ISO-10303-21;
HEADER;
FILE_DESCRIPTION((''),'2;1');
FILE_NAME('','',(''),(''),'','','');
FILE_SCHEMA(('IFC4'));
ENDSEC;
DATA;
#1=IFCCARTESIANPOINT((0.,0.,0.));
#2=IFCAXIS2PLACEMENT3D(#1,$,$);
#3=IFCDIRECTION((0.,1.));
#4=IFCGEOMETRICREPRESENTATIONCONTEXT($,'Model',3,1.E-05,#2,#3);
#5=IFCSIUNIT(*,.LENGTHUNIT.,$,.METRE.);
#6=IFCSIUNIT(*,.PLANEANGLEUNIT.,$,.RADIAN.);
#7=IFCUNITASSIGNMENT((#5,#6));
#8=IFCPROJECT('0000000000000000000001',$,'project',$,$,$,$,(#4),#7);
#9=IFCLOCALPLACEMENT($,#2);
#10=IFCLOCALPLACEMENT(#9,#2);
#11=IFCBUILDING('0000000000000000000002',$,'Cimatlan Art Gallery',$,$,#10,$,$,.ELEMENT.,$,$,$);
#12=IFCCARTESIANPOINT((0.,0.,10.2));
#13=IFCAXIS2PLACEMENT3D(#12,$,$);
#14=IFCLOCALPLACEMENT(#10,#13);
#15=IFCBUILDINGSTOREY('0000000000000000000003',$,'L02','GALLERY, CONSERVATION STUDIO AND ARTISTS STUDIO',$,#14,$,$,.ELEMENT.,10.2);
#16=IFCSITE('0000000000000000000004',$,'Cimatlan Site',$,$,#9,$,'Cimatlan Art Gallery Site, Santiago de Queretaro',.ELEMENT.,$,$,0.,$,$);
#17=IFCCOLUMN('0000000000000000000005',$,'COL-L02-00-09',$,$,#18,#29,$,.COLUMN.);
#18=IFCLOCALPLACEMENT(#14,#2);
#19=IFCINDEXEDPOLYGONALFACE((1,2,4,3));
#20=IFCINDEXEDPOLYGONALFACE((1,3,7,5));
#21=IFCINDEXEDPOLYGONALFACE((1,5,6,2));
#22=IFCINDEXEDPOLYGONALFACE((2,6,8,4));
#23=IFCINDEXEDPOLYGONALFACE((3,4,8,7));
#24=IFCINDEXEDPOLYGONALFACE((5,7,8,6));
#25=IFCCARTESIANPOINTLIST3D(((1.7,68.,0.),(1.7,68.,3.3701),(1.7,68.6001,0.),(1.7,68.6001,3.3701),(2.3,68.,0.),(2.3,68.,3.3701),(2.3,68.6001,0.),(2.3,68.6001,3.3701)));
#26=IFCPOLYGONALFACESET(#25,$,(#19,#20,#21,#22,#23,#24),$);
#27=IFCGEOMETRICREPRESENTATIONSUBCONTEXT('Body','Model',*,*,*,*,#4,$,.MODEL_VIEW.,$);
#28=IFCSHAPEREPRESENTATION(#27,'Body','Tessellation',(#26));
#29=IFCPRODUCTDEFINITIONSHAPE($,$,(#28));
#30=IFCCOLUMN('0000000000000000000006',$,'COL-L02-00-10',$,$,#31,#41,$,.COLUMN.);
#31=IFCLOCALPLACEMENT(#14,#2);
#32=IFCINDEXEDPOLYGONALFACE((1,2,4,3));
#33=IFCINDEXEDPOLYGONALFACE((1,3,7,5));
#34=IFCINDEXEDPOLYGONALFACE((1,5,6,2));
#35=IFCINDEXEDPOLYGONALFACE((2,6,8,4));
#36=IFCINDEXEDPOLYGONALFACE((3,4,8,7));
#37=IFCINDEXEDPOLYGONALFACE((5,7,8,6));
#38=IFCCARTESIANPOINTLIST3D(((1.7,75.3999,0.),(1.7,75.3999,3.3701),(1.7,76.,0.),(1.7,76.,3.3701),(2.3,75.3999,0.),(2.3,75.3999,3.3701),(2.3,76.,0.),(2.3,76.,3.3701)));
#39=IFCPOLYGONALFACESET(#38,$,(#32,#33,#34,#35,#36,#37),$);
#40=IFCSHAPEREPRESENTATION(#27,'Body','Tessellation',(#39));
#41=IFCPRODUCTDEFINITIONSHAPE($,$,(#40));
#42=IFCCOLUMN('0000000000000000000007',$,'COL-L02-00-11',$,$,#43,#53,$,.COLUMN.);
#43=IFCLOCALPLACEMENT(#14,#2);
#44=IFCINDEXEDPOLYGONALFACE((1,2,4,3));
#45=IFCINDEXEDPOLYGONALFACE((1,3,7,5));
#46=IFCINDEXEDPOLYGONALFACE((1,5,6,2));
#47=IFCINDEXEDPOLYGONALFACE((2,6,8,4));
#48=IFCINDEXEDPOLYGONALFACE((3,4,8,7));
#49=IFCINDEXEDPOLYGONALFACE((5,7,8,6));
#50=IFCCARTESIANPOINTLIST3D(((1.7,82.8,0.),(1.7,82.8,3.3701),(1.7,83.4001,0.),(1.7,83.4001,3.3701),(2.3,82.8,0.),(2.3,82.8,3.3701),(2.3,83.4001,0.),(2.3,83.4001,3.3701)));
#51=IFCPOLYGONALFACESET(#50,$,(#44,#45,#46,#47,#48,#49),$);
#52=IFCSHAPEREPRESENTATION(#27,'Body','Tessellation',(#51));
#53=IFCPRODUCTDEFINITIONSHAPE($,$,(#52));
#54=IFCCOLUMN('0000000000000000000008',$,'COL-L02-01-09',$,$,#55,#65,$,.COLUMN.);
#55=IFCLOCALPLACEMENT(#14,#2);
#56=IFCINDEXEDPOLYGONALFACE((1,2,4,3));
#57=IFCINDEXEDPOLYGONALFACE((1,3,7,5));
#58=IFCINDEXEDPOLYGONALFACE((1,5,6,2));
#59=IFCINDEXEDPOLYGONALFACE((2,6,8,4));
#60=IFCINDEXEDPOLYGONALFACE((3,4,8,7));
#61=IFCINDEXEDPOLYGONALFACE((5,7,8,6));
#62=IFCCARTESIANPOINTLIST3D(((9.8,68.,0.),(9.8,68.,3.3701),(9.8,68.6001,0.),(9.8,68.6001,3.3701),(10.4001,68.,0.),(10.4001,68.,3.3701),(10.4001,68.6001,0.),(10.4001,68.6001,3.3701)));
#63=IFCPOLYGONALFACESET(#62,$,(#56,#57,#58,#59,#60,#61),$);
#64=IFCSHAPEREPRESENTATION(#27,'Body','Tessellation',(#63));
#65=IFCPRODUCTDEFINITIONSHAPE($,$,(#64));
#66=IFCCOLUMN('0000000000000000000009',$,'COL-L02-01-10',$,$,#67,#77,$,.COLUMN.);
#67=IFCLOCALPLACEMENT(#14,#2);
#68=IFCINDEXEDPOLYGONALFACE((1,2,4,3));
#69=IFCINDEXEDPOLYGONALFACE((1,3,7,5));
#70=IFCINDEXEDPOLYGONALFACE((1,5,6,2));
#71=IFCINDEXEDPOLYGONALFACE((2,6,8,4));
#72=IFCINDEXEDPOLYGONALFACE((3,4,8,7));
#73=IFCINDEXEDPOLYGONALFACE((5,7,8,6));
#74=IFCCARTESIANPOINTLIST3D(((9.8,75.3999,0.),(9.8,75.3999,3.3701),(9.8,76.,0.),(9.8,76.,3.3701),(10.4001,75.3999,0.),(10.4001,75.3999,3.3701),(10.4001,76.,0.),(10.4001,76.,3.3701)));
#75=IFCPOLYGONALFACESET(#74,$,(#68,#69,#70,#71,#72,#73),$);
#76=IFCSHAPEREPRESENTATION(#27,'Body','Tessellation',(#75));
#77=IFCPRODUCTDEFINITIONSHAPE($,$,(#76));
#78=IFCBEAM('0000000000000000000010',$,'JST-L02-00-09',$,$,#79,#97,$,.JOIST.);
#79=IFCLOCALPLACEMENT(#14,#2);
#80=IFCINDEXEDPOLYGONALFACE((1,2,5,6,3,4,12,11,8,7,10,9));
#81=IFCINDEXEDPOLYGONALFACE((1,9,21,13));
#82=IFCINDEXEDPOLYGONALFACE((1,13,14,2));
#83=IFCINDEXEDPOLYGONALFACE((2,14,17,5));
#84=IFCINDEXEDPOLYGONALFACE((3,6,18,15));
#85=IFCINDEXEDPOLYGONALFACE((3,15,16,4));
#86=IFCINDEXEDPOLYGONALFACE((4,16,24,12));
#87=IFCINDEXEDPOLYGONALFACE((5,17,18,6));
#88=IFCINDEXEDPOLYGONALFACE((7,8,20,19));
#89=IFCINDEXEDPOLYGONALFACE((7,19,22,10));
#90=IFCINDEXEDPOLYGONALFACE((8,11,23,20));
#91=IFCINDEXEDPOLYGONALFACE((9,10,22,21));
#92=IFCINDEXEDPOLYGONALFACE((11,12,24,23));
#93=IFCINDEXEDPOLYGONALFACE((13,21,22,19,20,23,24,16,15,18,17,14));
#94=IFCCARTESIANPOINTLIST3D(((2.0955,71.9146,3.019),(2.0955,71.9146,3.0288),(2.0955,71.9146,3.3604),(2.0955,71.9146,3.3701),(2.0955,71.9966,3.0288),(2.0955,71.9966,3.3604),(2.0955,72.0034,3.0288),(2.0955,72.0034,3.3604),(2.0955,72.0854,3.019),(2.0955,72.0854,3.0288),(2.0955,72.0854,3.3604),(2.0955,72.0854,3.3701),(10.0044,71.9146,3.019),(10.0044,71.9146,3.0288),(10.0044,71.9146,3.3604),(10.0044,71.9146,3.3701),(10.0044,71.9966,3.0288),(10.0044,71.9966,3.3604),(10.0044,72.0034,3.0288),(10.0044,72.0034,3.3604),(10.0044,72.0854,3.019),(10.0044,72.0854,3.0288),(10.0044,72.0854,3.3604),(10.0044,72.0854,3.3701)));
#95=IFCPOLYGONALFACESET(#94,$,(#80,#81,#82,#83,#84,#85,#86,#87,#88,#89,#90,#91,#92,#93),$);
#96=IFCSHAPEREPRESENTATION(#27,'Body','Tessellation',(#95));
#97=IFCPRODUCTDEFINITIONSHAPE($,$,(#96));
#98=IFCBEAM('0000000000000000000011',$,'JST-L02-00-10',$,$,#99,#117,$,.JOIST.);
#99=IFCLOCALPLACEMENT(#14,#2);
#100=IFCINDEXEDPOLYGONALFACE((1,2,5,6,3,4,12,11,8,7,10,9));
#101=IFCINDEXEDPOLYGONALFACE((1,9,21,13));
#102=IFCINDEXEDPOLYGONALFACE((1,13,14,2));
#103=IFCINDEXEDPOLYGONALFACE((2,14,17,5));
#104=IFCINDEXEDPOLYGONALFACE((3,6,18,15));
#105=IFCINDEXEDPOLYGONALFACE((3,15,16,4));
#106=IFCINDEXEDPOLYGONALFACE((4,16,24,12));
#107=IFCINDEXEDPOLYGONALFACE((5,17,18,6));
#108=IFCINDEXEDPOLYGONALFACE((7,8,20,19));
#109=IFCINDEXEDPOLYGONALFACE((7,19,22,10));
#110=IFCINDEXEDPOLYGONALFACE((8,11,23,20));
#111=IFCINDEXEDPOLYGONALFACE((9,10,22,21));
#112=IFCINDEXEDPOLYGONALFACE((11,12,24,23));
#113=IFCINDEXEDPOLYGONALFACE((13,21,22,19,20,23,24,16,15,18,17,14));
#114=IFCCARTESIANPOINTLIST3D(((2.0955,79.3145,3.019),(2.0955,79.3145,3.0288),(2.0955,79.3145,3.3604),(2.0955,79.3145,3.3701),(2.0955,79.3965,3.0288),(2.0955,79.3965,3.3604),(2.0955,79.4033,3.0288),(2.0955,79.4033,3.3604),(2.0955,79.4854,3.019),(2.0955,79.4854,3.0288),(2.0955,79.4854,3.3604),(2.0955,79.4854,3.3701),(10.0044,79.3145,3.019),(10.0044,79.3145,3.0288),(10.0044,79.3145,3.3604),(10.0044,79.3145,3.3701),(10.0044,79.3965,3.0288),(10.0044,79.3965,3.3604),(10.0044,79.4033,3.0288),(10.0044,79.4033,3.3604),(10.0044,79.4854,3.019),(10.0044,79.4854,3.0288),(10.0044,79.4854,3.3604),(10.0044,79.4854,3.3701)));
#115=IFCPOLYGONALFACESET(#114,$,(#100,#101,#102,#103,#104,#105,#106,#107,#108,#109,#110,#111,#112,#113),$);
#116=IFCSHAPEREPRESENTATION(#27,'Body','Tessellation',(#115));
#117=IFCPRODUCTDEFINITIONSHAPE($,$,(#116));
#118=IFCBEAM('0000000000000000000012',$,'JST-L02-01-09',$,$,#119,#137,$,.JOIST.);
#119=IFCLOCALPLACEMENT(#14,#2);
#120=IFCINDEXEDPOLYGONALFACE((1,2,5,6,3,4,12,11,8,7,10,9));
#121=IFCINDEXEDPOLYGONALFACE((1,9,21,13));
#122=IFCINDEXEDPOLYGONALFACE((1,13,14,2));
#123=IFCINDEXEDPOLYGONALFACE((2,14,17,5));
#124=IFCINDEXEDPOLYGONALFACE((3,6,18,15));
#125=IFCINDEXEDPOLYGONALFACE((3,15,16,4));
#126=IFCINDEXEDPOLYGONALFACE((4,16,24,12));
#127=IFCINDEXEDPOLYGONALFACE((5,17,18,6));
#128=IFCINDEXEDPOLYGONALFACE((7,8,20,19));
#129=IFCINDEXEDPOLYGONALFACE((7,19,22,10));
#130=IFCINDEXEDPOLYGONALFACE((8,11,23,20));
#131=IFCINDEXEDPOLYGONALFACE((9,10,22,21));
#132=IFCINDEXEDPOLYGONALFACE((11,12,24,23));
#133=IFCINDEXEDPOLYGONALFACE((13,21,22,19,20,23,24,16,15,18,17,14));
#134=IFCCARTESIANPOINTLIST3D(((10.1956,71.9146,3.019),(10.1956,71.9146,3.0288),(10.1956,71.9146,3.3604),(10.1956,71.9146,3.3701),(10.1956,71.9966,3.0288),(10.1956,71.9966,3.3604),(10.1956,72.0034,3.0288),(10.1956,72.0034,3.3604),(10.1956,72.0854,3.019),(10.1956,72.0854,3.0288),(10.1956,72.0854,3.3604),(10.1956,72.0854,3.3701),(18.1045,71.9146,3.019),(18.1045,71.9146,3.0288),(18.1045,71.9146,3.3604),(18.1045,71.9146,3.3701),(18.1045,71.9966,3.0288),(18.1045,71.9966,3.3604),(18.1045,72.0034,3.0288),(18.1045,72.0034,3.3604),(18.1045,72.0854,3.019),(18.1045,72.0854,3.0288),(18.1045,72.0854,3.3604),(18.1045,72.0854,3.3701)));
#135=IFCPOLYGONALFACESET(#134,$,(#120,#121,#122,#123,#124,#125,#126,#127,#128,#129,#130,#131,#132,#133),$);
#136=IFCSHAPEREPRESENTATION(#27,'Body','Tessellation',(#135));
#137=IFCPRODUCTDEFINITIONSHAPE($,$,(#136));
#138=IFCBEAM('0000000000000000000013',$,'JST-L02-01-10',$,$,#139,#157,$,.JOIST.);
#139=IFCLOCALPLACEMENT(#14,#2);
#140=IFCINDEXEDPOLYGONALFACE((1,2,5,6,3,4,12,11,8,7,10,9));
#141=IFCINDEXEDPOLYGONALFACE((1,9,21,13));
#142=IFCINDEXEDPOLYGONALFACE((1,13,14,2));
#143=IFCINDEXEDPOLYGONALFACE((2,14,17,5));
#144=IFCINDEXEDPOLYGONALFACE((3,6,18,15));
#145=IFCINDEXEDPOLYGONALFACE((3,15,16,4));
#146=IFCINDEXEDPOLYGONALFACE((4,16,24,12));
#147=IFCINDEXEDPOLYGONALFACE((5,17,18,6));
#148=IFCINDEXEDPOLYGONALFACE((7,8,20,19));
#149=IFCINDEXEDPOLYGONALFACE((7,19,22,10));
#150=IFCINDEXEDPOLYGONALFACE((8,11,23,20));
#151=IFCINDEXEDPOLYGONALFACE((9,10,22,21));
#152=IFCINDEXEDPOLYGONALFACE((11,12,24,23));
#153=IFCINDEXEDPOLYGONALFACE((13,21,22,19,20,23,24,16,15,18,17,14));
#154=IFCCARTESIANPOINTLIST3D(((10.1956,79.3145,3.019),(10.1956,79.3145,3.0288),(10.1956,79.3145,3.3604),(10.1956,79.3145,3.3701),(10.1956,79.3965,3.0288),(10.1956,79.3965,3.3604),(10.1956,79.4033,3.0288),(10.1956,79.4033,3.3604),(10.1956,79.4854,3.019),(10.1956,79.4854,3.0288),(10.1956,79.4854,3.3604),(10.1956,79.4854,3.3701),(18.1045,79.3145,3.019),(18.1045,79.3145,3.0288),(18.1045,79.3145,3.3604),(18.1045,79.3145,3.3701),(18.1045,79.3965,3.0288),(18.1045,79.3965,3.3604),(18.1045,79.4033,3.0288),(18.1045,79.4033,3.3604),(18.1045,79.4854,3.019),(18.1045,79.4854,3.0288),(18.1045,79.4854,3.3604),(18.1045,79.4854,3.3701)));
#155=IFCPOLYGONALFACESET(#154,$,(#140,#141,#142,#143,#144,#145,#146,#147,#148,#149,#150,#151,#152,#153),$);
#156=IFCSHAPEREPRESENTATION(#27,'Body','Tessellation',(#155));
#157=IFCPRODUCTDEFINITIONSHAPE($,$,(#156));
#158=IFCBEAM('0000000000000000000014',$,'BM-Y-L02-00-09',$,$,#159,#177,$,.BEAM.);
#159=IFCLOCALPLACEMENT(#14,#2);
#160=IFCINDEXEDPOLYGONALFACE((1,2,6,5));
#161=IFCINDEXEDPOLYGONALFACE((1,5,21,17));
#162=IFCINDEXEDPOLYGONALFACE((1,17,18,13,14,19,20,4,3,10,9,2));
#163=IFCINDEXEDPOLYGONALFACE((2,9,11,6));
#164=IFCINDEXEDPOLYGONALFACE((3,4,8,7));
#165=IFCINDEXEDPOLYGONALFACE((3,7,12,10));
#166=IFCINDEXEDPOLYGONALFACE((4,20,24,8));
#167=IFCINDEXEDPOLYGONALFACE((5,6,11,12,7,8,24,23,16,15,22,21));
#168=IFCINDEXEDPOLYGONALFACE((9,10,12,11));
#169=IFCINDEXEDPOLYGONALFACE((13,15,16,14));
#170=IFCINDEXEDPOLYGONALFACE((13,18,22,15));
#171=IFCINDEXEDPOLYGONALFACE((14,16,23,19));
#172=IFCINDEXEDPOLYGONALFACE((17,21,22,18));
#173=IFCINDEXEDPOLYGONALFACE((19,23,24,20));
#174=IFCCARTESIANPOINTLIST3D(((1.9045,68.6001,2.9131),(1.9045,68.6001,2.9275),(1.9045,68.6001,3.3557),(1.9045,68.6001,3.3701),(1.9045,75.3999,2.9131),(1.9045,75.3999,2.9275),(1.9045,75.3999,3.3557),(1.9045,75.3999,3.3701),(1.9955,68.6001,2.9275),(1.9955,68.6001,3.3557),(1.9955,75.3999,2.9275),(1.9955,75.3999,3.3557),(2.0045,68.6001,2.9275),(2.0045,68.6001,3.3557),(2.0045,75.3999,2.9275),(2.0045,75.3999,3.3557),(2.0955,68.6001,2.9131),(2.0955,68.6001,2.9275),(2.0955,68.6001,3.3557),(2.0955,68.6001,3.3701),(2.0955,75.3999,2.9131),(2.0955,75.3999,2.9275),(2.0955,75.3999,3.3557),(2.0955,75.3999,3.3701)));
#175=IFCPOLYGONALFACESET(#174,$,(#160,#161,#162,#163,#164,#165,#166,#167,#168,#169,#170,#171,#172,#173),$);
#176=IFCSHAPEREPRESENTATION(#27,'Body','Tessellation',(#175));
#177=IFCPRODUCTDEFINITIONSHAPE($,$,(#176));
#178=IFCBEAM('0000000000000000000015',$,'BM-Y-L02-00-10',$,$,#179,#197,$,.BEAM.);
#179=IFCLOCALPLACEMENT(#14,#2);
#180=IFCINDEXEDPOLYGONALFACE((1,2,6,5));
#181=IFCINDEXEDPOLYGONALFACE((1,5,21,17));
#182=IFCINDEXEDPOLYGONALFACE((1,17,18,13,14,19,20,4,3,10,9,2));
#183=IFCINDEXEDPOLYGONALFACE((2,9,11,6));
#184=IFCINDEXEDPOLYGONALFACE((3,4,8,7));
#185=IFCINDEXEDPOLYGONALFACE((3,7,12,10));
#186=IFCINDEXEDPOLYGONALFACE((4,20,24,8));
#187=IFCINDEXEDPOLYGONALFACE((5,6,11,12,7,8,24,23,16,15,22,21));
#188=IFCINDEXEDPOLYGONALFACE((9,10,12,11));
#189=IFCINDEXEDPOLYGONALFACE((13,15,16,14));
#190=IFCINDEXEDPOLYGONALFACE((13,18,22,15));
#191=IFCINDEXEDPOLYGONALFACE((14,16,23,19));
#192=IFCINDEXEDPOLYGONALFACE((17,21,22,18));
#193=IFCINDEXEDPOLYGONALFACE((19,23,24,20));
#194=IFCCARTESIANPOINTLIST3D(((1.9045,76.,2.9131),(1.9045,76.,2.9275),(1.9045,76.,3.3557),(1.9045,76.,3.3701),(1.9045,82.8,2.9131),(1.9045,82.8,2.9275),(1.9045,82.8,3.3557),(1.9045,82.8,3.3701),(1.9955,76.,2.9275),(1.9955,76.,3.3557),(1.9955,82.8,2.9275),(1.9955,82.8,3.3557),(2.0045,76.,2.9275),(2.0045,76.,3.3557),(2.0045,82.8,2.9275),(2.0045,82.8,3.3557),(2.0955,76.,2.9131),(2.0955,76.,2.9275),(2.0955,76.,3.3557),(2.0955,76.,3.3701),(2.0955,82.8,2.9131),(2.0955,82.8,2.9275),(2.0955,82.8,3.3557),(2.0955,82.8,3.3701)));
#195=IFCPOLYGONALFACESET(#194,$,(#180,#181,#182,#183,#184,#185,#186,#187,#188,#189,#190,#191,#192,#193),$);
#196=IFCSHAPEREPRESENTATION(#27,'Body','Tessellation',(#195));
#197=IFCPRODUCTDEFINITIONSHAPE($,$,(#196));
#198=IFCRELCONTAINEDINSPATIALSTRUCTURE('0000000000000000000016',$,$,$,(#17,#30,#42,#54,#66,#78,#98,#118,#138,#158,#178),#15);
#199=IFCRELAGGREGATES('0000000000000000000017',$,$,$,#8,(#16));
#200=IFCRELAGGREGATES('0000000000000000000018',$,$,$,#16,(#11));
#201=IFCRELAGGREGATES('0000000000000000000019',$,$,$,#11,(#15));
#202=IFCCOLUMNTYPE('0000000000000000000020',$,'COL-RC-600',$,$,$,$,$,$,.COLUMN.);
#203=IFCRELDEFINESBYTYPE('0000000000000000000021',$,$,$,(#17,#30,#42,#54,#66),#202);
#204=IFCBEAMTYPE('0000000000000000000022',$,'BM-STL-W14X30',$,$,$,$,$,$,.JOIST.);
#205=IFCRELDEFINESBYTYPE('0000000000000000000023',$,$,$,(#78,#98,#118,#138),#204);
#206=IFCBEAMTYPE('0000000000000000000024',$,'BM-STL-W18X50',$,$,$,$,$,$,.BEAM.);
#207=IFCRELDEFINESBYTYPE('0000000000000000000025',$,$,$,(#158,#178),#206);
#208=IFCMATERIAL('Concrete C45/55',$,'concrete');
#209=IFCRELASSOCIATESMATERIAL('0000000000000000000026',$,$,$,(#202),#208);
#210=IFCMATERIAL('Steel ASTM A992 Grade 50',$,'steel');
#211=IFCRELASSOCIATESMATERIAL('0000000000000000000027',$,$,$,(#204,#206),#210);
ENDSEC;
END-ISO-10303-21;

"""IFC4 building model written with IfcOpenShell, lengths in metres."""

from ifc_helpers import new_model, si_unit, direction, frame, origin, origin_2d, place, context, subcontext, project, spatial, rectangle, i_section, extrude, material, material_profile, profile_set, type_object, element, save


model = new_model("IFC4")

# Units and contexts
model_context = context("Model", 3, precision=1e-05, world=origin(), true_north=direction((0.0, 1.0)))
body_context = subcontext(model_context, "Body", "Model", "MODEL_VIEW")
ifc_project = project(units=[si_unit("LENGTHUNIT", "METRE"), si_unit("PLANEANGLEUNIT", "RADIAN")], contexts=[model_context])

# Site, building, storey
site_placement = place(None, origin())
site = spatial("IfcSite", under=ifc_project, at=site_placement, Name="Cimatlan Site", LongName="Cimatlan Art Gallery Site, Santiago de Queretaro", CompositionType="ELEMENT", RefElevation=0.0)
building_placement = place(site_placement, origin())
building = spatial("IfcBuilding", under=site, at=building_placement, Name="Cimatlan Art Gallery", CompositionType="ELEMENT")
storey_placement = place(building_placement, frame((0.0, 0.0, 10.2)))
storey = spatial("IfcBuildingStorey", under=building, at=storey_placement, Name="L02", Description="GALLERY, CONSERVATION STUDIO AND ARTISTS STUDIO", CompositionType="ELEMENT", Elevation=10.2)

# Columns
ifc_material_1 = material(Name="Concrete C45/55", Category="concrete")
ifc_material_profile_1 = material_profile(ifc_material_1, rectangle(XDim=0.6001, YDim=0.6001, at=origin_2d()), Name="RC600X600")
ifc_profile_set_1 = profile_set([ifc_material_profile_1], Name="Concrete C45/55")
column_type = type_object("IfcColumnType", Name="COL-RC-600", PredefinedType="COLUMN", material=ifc_profile_set_1)
for number, where, z_axis, x_axis, name in (
    (1, (2.0, 68.3, 0.0), (0.0, 0.0, 1.0), (1.0, 0.0, 0.0), "COL-L02-00-09"),
    (2, (2.0, 75.7, 0.0), (0.0, 0.0, 1.0), (1.0, 0.0, 0.0), "COL-L02-00-10"),
    (3, (2.0, 83.1001, 0.0), (0.0, 0.0, 1.0), (1.0, 0.0, 0.0), "COL-L02-00-11"),
    (4, (10.1001, 68.3, 0.0), (0.0, 0.0, 1.0), (1.0, 0.0, 0.0), "COL-L02-01-09"),
    (5, (10.1001, 75.7, 0.0), (0.0, 0.0, 1.0), (1.0, 0.0, 0.0), "COL-L02-01-10"),
):
    element("IfcColumn", number, at=place(storey_placement, frame(where, z_axis=z_axis, x_axis=x_axis)), inside=storey, type_object=column_type, Name=name, PredefinedType="COLUMN", context=body_context, shape_type="SweptSolid", body=[
        extrude(rectangle(XDim=0.6001, YDim=0.6001, at=origin_2d()), origin(), (0.0, 0.0, 1.0), 3.3701),
    ])

# Beams
ifc_material_2 = material(Name="Steel ASTM A992 Grade 50", Category="steel")
ifc_material_profile_2 = material_profile(ifc_material_2, i_section(OverallWidth=0.1709, OverallDepth=0.3511, WebThickness=0.0068, FlangeThickness=0.0098, at=origin_2d()), Name="W14X30")
ifc_profile_set_2 = profile_set([ifc_material_profile_2], Name="Steel ASTM A992 Grade 50")
beam_type_1 = type_object("IfcBeamType", Name="BM-STL-W14X30", PredefinedType="JOIST", material=ifc_profile_set_2)
for number, where, z_axis, x_axis, name in (
    (6, (2.0955, 72.0, 3.1946), (1.0, 0.0, 0.0), (0.0, 1.0, 0.0), "JST-L02-00-09"),
    (7, (2.0955, 79.3999, 3.1946), (1.0, 0.0, 0.0), (0.0, 1.0, 0.0), "JST-L02-00-10"),
    (8, (10.1956, 72.0, 3.1946), (1.0, 0.0, 0.0), (0.0, 1.0, 0.0), "JST-L02-01-09"),
    (9, (10.1956, 79.3999, 3.1946), (1.0, 0.0, 0.0), (0.0, 1.0, 0.0), "JST-L02-01-10"),
):
    element("IfcBeam", number, at=place(storey_placement, frame(where, z_axis=z_axis, x_axis=x_axis)), inside=storey, type_object=beam_type_1, Name=name, PredefinedType="JOIST", context=body_context, shape_type="SweptSolid", body=[
        extrude(i_section(OverallWidth=0.1709, OverallDepth=0.3511, WebThickness=0.0068, FlangeThickness=0.0098, at=origin_2d()), origin(), (0.0, 0.0, 1.0), 7.9089),
    ])
ifc_material_profile_3 = material_profile(ifc_material_2, i_section(OverallWidth=0.1909, OverallDepth=0.457, WebThickness=0.009, FlangeThickness=0.0144, at=origin_2d()), Name="W18X50")
ifc_profile_set_3 = profile_set([ifc_material_profile_3], Name="Steel ASTM A992 Grade 50")
beam_type_2 = type_object("IfcBeamType", Name="BM-STL-W18X50", PredefinedType="BEAM", material=ifc_profile_set_3)
beam_1_placement = place(storey_placement, frame((2.0, 68.6001, 3.1416), z_axis=(0.0, 1.0, 0.0), x_axis=(-1.0, 0.0, 0.0)))
element("IfcBeam", 10, at=beam_1_placement, inside=storey, type_object=beam_type_2, Name="BM-Y-L02-00-09", PredefinedType="BEAM", context=body_context, shape_type="SweptSolid", body=[
    extrude(i_section(OverallWidth=0.1909, OverallDepth=0.457, WebThickness=0.009, FlangeThickness=0.0144, at=origin_2d()), origin(), (0.0, 0.0, 1.0), 6.7998),
])
beam_2_placement = place(storey_placement, frame((2.0, 76.0, 3.1416), z_axis=(0.0, 1.0, 0.0), x_axis=(-1.0, 0.0, 0.0)))
element("IfcBeam", 11, at=beam_2_placement, inside=storey, type_object=beam_type_2, Name="BM-Y-L02-00-10", PredefinedType="BEAM", context=body_context, shape_type="SweptSolid", body=[
    extrude(i_section(OverallWidth=0.1909, OverallDepth=0.457, WebThickness=0.009, FlangeThickness=0.0144, at=origin_2d()), origin(), (0.0, 0.0, 1.0), 6.8),
])

save(model, "model.ifc")
